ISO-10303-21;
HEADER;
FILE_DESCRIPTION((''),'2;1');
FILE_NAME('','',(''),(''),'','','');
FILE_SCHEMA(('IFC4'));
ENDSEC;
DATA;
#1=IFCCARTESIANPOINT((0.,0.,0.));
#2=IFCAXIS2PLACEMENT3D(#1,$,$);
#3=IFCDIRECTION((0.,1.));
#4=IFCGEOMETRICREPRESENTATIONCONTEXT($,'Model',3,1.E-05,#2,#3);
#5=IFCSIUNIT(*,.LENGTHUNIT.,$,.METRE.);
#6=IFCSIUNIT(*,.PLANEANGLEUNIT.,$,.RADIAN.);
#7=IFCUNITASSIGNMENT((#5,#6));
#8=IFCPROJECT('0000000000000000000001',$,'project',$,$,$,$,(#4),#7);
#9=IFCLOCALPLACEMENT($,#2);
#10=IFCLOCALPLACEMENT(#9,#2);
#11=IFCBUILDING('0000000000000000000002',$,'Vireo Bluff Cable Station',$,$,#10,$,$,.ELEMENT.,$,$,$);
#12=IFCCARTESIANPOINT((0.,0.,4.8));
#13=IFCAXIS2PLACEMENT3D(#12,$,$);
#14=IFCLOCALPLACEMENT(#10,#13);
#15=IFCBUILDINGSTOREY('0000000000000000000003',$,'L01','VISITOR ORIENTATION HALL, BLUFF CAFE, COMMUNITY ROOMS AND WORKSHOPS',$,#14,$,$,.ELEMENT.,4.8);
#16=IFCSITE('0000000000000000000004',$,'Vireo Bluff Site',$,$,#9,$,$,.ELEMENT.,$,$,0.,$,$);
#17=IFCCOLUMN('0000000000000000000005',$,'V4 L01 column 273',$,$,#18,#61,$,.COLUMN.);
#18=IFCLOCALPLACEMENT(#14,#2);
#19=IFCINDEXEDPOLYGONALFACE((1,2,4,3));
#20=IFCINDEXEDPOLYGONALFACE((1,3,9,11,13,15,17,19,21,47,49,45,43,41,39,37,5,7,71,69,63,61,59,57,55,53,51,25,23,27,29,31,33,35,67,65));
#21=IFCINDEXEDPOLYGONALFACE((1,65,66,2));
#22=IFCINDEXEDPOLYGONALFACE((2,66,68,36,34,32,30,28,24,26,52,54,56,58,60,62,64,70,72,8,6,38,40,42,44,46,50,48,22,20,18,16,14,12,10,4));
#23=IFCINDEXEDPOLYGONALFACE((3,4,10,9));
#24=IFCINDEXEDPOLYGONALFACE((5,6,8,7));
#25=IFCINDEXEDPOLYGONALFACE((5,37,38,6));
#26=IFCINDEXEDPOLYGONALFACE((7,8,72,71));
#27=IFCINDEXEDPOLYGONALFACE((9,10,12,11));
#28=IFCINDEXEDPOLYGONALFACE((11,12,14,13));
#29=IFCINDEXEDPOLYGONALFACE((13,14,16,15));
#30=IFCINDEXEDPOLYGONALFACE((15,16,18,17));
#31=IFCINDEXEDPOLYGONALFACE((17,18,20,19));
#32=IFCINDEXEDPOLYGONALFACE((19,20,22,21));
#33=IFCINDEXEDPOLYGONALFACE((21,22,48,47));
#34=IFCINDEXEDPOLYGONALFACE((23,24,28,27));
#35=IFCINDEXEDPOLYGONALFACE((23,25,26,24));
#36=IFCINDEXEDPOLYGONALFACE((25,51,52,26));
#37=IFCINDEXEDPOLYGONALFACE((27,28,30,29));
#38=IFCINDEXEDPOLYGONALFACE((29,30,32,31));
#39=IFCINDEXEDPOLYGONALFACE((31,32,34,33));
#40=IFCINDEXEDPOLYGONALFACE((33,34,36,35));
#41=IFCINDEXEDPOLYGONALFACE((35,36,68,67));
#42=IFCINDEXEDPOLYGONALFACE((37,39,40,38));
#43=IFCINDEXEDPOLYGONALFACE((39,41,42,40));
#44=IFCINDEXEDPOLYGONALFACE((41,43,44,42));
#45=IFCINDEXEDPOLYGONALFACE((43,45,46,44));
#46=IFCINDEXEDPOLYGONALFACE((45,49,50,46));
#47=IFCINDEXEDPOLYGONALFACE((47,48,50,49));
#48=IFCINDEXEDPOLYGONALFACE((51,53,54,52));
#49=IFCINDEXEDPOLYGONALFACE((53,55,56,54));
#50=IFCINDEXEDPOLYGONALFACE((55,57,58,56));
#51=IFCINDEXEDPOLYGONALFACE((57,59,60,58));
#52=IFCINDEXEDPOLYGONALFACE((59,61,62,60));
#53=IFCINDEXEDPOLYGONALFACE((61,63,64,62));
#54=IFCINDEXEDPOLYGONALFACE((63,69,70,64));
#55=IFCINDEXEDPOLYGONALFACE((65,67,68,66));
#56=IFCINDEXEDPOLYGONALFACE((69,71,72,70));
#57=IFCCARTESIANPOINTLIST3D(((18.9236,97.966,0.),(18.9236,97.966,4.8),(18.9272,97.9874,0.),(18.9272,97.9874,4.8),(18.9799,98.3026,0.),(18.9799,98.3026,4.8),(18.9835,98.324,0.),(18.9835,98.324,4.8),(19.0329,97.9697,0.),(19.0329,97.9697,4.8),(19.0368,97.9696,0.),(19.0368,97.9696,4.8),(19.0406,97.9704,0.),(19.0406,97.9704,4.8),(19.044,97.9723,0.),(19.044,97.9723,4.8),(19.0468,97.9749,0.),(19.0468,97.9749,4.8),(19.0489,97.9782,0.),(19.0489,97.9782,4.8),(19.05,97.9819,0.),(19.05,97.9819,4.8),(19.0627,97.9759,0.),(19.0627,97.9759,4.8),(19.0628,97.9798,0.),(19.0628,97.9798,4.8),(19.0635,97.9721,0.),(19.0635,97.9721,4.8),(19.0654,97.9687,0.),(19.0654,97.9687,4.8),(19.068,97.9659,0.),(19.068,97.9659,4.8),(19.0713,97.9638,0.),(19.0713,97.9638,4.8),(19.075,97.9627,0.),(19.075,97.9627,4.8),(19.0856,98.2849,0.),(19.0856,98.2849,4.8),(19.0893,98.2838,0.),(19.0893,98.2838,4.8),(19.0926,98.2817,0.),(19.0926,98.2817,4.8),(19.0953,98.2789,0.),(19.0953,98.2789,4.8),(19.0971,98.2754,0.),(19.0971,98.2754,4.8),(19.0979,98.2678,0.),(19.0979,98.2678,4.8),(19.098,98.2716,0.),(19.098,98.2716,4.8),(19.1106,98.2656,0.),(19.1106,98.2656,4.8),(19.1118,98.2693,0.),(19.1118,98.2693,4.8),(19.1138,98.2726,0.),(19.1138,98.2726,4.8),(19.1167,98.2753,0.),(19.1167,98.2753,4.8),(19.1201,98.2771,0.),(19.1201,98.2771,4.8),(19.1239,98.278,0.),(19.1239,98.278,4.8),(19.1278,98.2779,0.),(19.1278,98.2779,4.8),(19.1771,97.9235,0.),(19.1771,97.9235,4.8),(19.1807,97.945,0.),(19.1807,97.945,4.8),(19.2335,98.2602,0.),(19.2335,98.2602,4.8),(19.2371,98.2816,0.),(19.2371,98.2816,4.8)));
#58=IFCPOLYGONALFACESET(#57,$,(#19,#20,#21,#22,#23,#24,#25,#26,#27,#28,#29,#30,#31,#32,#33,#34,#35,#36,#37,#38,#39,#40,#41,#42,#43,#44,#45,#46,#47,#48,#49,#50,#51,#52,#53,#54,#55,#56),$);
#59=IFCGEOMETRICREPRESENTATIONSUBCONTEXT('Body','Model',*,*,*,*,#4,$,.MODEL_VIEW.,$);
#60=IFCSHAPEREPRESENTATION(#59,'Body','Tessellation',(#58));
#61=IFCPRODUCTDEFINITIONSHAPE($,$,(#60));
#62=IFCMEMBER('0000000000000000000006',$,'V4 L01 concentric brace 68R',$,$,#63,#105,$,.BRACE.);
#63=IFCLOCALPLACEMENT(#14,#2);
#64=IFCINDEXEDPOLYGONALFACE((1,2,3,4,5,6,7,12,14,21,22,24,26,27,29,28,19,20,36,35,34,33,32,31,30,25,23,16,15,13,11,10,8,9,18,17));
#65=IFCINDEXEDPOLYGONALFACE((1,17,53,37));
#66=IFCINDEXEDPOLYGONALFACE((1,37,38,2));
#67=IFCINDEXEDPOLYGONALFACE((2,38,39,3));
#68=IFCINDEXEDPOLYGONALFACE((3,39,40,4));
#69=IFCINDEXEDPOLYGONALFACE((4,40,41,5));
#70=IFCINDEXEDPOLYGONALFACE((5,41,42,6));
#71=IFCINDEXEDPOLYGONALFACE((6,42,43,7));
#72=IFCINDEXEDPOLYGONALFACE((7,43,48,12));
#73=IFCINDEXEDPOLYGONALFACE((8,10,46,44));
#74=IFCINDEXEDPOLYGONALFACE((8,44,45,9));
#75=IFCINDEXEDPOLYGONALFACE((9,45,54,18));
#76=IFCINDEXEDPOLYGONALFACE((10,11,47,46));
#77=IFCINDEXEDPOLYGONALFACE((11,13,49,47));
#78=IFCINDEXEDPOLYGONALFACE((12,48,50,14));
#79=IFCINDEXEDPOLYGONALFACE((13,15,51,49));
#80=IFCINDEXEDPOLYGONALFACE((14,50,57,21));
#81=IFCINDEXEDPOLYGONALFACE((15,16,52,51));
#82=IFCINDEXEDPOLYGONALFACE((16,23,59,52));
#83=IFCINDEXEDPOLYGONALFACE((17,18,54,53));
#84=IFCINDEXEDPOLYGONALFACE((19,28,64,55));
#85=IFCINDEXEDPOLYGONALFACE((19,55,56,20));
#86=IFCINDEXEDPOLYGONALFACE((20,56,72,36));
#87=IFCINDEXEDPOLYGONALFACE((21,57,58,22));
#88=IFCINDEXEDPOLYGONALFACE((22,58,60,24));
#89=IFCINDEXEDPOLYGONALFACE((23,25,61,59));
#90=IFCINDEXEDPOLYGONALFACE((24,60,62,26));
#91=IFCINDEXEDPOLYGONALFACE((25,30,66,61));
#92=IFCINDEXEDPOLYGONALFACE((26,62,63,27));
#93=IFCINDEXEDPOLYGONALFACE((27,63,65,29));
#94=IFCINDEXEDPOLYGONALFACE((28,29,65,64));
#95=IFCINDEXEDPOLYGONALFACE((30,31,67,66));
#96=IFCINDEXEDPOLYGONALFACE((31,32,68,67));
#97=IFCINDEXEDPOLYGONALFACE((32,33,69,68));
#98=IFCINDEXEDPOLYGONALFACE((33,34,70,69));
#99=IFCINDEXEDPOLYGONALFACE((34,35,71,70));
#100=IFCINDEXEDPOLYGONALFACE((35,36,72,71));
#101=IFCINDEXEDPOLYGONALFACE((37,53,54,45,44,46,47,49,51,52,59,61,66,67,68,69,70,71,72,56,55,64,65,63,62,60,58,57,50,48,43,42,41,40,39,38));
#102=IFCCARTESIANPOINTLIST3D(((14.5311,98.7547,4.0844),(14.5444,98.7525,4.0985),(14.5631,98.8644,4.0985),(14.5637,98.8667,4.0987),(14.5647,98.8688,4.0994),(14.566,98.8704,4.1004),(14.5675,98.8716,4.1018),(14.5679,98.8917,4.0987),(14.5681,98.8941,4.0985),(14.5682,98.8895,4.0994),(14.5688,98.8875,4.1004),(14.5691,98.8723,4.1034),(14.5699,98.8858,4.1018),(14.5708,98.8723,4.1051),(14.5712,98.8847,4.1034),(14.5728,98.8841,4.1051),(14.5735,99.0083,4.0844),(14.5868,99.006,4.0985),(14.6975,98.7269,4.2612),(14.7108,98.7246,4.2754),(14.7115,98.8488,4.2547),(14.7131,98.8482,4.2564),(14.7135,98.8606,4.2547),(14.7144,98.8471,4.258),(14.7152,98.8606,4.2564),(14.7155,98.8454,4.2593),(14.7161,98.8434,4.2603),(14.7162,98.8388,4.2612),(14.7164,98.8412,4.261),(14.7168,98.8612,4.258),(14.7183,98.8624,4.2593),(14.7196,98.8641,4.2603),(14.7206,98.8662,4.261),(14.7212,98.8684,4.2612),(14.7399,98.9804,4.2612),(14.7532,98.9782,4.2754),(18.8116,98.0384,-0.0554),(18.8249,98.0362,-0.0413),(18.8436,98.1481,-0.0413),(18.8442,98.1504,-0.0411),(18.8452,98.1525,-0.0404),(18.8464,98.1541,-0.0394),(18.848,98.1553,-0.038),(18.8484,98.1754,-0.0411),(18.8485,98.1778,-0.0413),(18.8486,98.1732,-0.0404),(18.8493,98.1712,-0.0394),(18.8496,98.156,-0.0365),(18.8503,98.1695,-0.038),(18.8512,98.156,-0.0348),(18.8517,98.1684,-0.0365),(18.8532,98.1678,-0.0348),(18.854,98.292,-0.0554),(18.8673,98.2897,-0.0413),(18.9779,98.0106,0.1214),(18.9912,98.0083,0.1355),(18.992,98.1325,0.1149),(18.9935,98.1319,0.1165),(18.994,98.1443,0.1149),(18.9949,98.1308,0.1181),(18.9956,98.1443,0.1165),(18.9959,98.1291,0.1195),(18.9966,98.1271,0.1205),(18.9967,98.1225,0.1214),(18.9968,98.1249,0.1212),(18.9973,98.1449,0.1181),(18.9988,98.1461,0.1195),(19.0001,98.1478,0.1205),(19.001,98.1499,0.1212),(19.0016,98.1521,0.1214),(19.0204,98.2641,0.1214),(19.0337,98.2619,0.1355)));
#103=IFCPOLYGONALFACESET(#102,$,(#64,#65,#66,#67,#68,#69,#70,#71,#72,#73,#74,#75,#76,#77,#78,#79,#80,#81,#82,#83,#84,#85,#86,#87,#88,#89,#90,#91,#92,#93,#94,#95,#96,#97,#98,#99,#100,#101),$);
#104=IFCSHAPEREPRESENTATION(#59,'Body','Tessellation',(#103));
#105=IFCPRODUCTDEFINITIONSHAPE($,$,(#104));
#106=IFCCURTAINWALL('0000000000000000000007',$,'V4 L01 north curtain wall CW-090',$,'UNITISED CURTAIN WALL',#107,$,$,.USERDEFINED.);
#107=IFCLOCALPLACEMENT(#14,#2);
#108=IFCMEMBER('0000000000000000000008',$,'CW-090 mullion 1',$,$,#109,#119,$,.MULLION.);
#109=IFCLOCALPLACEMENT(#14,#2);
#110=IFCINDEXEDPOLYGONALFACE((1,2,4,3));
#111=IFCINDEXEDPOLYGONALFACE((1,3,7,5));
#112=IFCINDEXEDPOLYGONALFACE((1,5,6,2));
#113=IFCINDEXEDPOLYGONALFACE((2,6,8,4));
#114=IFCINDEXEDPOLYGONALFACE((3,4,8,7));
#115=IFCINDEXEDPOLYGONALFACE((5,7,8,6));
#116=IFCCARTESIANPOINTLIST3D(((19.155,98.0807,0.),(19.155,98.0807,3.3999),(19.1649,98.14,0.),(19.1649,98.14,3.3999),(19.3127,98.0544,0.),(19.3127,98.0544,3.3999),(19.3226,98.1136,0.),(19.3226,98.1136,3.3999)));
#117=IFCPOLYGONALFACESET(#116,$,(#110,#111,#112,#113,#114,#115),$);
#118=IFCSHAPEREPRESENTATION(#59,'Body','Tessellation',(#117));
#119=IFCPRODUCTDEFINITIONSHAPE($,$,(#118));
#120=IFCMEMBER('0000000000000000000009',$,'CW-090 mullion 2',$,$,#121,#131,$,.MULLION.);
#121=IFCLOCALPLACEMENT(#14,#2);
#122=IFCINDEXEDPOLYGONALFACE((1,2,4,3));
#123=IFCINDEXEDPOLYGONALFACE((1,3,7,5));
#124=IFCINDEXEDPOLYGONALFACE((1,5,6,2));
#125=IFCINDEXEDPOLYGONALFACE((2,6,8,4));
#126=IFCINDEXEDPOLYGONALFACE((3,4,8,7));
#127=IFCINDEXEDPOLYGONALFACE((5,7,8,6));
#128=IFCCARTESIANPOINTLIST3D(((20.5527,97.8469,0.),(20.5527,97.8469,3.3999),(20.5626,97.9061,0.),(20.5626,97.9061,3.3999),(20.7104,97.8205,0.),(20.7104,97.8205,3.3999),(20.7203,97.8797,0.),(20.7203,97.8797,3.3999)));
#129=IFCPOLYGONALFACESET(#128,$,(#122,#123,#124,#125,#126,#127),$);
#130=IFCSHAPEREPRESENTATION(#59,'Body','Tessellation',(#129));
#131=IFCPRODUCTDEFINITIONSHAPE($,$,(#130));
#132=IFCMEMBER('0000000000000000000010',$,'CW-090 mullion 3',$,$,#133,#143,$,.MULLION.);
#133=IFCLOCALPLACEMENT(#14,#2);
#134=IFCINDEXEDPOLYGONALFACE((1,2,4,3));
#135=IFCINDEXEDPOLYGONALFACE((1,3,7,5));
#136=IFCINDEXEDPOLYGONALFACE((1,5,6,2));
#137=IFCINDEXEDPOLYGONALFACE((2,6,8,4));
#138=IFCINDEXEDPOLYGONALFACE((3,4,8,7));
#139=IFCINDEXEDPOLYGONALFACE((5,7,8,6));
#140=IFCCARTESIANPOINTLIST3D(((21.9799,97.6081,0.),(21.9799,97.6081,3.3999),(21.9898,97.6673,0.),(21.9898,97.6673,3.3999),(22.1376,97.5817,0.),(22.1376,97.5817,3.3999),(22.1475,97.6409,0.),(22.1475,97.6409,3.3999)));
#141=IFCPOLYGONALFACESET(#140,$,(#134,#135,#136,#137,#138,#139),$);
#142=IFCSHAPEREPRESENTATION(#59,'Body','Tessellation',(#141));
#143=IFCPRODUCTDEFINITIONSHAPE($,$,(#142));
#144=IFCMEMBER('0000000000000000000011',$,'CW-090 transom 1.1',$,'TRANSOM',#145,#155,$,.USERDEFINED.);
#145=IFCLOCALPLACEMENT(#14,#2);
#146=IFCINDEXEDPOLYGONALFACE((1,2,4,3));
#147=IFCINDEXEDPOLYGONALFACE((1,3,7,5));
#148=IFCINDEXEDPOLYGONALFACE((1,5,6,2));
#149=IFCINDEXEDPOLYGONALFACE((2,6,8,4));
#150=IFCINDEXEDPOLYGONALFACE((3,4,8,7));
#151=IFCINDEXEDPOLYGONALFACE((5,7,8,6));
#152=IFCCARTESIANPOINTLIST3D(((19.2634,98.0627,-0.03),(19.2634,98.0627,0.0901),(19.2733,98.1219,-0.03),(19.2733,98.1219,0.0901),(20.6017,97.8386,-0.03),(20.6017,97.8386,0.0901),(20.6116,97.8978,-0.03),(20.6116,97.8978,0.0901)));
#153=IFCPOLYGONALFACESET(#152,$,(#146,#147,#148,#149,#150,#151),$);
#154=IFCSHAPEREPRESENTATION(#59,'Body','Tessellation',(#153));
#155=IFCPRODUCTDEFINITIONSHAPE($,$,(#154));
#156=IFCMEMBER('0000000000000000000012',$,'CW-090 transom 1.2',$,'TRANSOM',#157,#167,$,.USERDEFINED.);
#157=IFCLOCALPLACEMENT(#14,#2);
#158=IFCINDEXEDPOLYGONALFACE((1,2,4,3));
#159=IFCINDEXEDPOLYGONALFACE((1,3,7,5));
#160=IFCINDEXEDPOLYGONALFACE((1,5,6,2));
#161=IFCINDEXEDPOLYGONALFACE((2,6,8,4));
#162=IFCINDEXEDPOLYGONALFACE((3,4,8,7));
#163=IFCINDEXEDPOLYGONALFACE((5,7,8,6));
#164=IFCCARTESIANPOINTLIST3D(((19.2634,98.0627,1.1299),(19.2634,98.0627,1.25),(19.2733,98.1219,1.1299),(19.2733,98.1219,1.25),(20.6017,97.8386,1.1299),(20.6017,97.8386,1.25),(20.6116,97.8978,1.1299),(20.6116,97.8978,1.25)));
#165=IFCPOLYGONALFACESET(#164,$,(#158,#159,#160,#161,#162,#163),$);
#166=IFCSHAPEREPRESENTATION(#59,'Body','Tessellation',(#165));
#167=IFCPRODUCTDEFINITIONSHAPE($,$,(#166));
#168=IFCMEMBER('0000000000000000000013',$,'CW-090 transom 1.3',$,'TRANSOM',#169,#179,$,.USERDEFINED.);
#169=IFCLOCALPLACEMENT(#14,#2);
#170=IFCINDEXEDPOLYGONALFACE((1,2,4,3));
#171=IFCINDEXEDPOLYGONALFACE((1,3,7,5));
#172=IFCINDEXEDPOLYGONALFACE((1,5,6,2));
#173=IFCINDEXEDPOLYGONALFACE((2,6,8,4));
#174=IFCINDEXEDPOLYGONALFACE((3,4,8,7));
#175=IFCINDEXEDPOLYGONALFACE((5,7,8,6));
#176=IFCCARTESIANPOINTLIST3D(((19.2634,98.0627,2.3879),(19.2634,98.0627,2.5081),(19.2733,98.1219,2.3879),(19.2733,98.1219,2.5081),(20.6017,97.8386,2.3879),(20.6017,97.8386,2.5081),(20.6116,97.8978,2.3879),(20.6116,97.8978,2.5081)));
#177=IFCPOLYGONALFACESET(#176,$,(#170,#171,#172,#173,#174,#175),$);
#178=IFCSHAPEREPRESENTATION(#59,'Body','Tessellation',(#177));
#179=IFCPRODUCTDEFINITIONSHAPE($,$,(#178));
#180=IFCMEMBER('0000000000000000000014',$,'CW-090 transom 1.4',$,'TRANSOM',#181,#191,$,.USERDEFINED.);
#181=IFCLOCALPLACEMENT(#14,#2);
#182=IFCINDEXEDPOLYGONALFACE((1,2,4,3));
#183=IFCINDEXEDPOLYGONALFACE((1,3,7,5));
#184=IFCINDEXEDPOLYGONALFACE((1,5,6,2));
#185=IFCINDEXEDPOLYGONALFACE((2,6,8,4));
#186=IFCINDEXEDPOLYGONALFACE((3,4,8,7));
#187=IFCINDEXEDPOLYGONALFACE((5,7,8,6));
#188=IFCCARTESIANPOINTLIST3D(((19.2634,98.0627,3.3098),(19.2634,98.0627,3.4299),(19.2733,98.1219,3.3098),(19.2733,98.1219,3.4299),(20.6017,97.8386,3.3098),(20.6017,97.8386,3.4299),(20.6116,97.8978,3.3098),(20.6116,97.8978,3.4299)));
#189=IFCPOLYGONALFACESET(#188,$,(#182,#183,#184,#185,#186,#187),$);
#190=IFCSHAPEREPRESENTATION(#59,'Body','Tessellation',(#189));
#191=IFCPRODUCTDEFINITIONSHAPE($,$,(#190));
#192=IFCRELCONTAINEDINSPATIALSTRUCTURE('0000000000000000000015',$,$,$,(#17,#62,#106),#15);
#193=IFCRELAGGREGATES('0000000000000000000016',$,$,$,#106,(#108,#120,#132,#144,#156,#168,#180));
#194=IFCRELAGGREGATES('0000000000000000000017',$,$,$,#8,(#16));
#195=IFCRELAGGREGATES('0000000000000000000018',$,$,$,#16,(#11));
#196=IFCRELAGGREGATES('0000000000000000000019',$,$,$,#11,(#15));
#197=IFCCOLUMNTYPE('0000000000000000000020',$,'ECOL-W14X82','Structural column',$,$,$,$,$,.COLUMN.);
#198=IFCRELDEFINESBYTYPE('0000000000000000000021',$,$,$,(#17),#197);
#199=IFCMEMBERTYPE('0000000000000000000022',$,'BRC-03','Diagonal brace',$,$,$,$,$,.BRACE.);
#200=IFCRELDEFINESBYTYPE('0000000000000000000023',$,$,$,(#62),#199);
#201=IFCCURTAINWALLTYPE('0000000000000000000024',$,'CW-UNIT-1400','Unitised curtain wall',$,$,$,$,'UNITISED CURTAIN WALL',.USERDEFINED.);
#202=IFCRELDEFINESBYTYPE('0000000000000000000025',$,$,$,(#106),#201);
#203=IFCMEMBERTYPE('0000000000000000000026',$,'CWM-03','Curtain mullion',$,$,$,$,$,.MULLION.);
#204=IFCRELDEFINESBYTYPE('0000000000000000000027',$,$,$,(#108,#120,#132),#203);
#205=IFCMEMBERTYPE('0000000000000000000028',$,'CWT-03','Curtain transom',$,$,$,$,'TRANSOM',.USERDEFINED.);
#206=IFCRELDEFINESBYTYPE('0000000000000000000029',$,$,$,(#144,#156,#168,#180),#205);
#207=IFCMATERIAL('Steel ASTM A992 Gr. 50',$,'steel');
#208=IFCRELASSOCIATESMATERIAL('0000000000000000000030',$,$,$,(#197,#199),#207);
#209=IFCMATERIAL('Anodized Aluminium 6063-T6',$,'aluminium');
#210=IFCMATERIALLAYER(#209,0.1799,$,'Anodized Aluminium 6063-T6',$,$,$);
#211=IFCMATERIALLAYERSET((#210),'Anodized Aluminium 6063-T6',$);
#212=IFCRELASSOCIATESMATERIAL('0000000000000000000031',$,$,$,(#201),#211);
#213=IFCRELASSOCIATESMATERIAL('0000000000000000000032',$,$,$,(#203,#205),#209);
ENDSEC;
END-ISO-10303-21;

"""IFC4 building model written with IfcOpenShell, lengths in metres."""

from ifc_helpers import new_model, si_unit, direction, frame, origin, origin_2d, place, context, subcontext, project, spatial, rectangle, i_section, extrude, material, layer, layer_set, material_profile, profile_set, type_object, element, aggregate, save


model = new_model("IFC4")

# Units and contexts
model_context = context("Model", 3, precision=1e-05, world=origin(), true_north=direction((0.0, 1.0)))
body_context = subcontext(model_context, "Body", "Model", "MODEL_VIEW")
ifc_project = project(units=[si_unit("LENGTHUNIT", "METRE"), si_unit("PLANEANGLEUNIT", "RADIAN")], contexts=[model_context])

# Site, building, storey
site_placement = place(None, origin())
site = spatial("IfcSite", under=ifc_project, at=site_placement, Name="Vireo Bluff Site", CompositionType="ELEMENT", RefElevation=0.0)
building_placement = place(site_placement, origin())
building = spatial("IfcBuilding", under=site, at=building_placement, Name="Vireo Bluff Cable Station", CompositionType="ELEMENT")
storey_placement = place(building_placement, frame((0.0, 0.0, 4.8)))
storey = spatial("IfcBuildingStorey", under=building, at=storey_placement, Name="L01", Description="VISITOR ORIENTATION HALL, BLUFF CAFE, COMMUNITY ROOMS AND WORKSHOPS", CompositionType="ELEMENT", Elevation=4.8)

# Column
ifc_material_1 = material(Name="Steel ASTM A992 Gr. 50", Category="steel")
ifc_material_profile_1 = material_profile(ifc_material_1, i_section(OverallWidth=0.2571, OverallDepth=0.363, WebThickness=0.0129, FlangeThickness=0.0217, FilletRadius=0.0149, at=origin_2d()), Name="W14X82")
ifc_profile_set_1 = profile_set([ifc_material_profile_1], Name="Steel ASTM A992 Gr. 50")
column_type = type_object("IfcColumnType", Name="ECOL-W14X82", Description="Structural column", PredefinedType="COLUMN", material=ifc_profile_set_1)
column_placement = place(storey_placement, frame((19.0803, 98.1238, 0.0), z_axis=(0.0, 0.0, 1.0), x_axis=(0.986286, -0.165048, 0.0)))
element("IfcColumn", 1, at=column_placement, inside=storey, type_object=column_type, Name="V4 L01 column 273", PredefinedType="COLUMN", context=body_context, shape_type="SweptSolid", body=[
    extrude(i_section(OverallWidth=0.2571, OverallDepth=0.363, WebThickness=0.0129, FlangeThickness=0.0217, FilletRadius=0.0149, at=origin_2d()), origin(), (0.0, 0.0, 1.0), 4.8),
])

# Member
ifc_material_profile_2 = material_profile(ifc_material_1, i_section(OverallWidth=0.2571, OverallDepth=0.2639, WebThickness=0.012, FlangeThickness=0.0195, FilletRadius=0.009, at=origin_2d()), Name="W10X68")
ifc_profile_set_2 = profile_set([ifc_material_profile_2], Name="Steel ASTM A992 Gr. 50")
member_type_1 = type_object("IfcMemberType", Name="BRC-03", Description="Diagonal brace", PredefinedType="BRACE", material=ifc_profile_set_2)
member_1_placement = place(storey_placement, frame((18.9226, 98.1501, 0.04), z_axis=(-0.713671, 0.119427, 0.690225), x_axis=(-0.165047, -0.986286, 0.0)))
element("IfcMember", 2, at=member_1_placement, inside=storey, type_object=member_type_1, Name="V4 L01 concentric brace 68R", PredefinedType="BRACE", context=body_context, shape_type="SweptSolid", body=[
    extrude(i_section(OverallWidth=0.2571, OverallDepth=0.2639, WebThickness=0.012, FlangeThickness=0.0195, FilletRadius=0.009, at=origin_2d()), origin(), (0.0, 0.0, 1.0), 5.9978),
])

# Curtain wall, members
ifc_material_2 = material(Name="Anodized Aluminium 6063-T6", Category="aluminium")
ifc_layer_1 = layer(ifc_material_2, 0.1799, Name="Anodized Aluminium 6063-T6")
ifc_layer_set_1 = layer_set([ifc_layer_1], Name="Anodized Aluminium 6063-T6")
curtain_wall_type = type_object("IfcCurtainWallType", Name="CW-UNIT-1400", Description="Unitised curtain wall", ElementType="UNITISED CURTAIN WALL", PredefinedType="USERDEFINED", material=ifc_layer_set_1)
curtain_wall_placement = place(storey_placement, origin())
curtain_wall = element("IfcCurtainWall", 3, at=curtain_wall_placement, inside=storey, type_object=curtain_wall_type, Name="V4 L01 north curtain wall CW-090", ObjectType="UNITISED CURTAIN WALL", PredefinedType="USERDEFINED")
ifc_material_profile_3 = material_profile(ifc_material_2, rectangle(XDim=0.0601, YDim=0.1599, at=origin_2d()), Name="ALU-M-60X160")
ifc_profile_set_3 = profile_set([ifc_material_profile_3], Name="Anodized Aluminium 6063-T6")
member_type_2 = type_object("IfcMemberType", Name="CWM-03", Description="Curtain mullion", PredefinedType="MULLION", material=ifc_profile_set_3)
member_2_placement = place(storey_placement, frame((19.2388, 98.0972, 0.0), z_axis=(0.0, 0.0, 1.0), x_axis=(0.165048, 0.986286, 0.0)))
member_2 = element("IfcMember", 4, at=member_2_placement, type_object=member_type_2, Name="CW-090 mullion 1", PredefinedType="MULLION", context=body_context, shape_type="SweptSolid", body=[
    extrude(rectangle(XDim=0.0601, YDim=0.1599, at=origin_2d()), origin(), (0.0, 0.0, 1.0), 3.3999),
])
member_3_placement = place(storey_placement, frame((20.6365, 97.8633, 0.0), z_axis=(0.0, 0.0, 1.0), x_axis=(0.165048, 0.986286, 0.0)))
member_3 = element("IfcMember", 5, at=member_3_placement, type_object=member_type_2, Name="CW-090 mullion 2", PredefinedType="MULLION", context=body_context, shape_type="SweptSolid", body=[
    extrude(rectangle(XDim=0.0601, YDim=0.1599, at=origin_2d()), origin(), (0.0, 0.0, 1.0), 3.3999),
])
member_4_placement = place(storey_placement, frame((22.0637, 97.6245, 0.0), z_axis=(0.0, 0.0, 1.0), x_axis=(0.165048, 0.986286, 0.0)))
member_4 = element("IfcMember", 6, at=member_4_placement, type_object=member_type_2, Name="CW-090 mullion 3", PredefinedType="MULLION", context=body_context, shape_type="SweptSolid", body=[
    extrude(rectangle(XDim=0.0601, YDim=0.1599, at=origin_2d()), origin(), (0.0, 0.0, 1.0), 3.3999),
])
ifc_material_profile_4 = material_profile(ifc_material_2, rectangle(XDim=0.0601, YDim=0.1201, at=origin_2d()), Name="ALU-T-60X120")
ifc_profile_set_4 = profile_set([ifc_material_profile_4], Name="Anodized Aluminium 6063-T6")
member_type_3 = type_object("IfcMemberType", Name="CWT-03", Description="Curtain transom", ElementType="TRANSOM", PredefinedType="USERDEFINED", material=ifc_profile_set_4)
member_5_placement = place(storey_placement, frame((19.2683, 98.0923, 0.03), z_axis=(0.986267, -0.165157, 0.0), x_axis=(0.165157, 0.986267, 0.0)))
member_5 = element("IfcMember", 7, at=member_5_placement, type_object=member_type_3, Name="CW-090 transom 1.1", ObjectType="TRANSOM", PredefinedType="USERDEFINED", context=body_context, shape_type="SweptSolid", body=[
    extrude(rectangle(XDim=0.0601, YDim=0.1201, at=origin_2d()), origin(), (0.0, 0.0, 1.0), 1.3569),
])
member_6_placement = place(storey_placement, frame((19.2683, 98.0923, 1.1899), z_axis=(0.986267, -0.165157, 0.0), x_axis=(0.165157, 0.986267, 0.0)))
member_6 = element("IfcMember", 8, at=member_6_placement, type_object=member_type_3, Name="CW-090 transom 1.2", ObjectType="TRANSOM", PredefinedType="USERDEFINED", context=body_context, shape_type="SweptSolid", body=[
    extrude(rectangle(XDim=0.0601, YDim=0.1201, at=origin_2d()), origin(), (0.0, 0.0, 1.0), 1.3569),
])
member_7_placement = place(storey_placement, frame((19.2683, 98.0923, 2.448), z_axis=(0.986267, -0.165157, 0.0), x_axis=(0.165157, 0.986267, 0.0)))
member_7 = element("IfcMember", 9, at=member_7_placement, type_object=member_type_3, Name="CW-090 transom 1.3", ObjectType="TRANSOM", PredefinedType="USERDEFINED", context=body_context, shape_type="SweptSolid", body=[
    extrude(rectangle(XDim=0.0601, YDim=0.1201, at=origin_2d()), origin(), (0.0, 0.0, 1.0), 1.3569),
])
member_8_placement = place(storey_placement, frame((19.2683, 98.0923, 3.3699), z_axis=(0.986267, -0.165157, 0.0), x_axis=(0.165157, 0.986267, 0.0)))
member_8 = element("IfcMember", 10, at=member_8_placement, type_object=member_type_3, Name="CW-090 transom 1.4", ObjectType="TRANSOM", PredefinedType="USERDEFINED", context=body_context, shape_type="SweptSolid", body=[
    extrude(rectangle(XDim=0.0601, YDim=0.1201, at=origin_2d()), origin(), (0.0, 0.0, 1.0), 1.3569),
])

aggregate(curtain_wall, [member_2, member_3, member_4, member_5, member_6, member_7, member_8])

save(model, "model.ifc")
